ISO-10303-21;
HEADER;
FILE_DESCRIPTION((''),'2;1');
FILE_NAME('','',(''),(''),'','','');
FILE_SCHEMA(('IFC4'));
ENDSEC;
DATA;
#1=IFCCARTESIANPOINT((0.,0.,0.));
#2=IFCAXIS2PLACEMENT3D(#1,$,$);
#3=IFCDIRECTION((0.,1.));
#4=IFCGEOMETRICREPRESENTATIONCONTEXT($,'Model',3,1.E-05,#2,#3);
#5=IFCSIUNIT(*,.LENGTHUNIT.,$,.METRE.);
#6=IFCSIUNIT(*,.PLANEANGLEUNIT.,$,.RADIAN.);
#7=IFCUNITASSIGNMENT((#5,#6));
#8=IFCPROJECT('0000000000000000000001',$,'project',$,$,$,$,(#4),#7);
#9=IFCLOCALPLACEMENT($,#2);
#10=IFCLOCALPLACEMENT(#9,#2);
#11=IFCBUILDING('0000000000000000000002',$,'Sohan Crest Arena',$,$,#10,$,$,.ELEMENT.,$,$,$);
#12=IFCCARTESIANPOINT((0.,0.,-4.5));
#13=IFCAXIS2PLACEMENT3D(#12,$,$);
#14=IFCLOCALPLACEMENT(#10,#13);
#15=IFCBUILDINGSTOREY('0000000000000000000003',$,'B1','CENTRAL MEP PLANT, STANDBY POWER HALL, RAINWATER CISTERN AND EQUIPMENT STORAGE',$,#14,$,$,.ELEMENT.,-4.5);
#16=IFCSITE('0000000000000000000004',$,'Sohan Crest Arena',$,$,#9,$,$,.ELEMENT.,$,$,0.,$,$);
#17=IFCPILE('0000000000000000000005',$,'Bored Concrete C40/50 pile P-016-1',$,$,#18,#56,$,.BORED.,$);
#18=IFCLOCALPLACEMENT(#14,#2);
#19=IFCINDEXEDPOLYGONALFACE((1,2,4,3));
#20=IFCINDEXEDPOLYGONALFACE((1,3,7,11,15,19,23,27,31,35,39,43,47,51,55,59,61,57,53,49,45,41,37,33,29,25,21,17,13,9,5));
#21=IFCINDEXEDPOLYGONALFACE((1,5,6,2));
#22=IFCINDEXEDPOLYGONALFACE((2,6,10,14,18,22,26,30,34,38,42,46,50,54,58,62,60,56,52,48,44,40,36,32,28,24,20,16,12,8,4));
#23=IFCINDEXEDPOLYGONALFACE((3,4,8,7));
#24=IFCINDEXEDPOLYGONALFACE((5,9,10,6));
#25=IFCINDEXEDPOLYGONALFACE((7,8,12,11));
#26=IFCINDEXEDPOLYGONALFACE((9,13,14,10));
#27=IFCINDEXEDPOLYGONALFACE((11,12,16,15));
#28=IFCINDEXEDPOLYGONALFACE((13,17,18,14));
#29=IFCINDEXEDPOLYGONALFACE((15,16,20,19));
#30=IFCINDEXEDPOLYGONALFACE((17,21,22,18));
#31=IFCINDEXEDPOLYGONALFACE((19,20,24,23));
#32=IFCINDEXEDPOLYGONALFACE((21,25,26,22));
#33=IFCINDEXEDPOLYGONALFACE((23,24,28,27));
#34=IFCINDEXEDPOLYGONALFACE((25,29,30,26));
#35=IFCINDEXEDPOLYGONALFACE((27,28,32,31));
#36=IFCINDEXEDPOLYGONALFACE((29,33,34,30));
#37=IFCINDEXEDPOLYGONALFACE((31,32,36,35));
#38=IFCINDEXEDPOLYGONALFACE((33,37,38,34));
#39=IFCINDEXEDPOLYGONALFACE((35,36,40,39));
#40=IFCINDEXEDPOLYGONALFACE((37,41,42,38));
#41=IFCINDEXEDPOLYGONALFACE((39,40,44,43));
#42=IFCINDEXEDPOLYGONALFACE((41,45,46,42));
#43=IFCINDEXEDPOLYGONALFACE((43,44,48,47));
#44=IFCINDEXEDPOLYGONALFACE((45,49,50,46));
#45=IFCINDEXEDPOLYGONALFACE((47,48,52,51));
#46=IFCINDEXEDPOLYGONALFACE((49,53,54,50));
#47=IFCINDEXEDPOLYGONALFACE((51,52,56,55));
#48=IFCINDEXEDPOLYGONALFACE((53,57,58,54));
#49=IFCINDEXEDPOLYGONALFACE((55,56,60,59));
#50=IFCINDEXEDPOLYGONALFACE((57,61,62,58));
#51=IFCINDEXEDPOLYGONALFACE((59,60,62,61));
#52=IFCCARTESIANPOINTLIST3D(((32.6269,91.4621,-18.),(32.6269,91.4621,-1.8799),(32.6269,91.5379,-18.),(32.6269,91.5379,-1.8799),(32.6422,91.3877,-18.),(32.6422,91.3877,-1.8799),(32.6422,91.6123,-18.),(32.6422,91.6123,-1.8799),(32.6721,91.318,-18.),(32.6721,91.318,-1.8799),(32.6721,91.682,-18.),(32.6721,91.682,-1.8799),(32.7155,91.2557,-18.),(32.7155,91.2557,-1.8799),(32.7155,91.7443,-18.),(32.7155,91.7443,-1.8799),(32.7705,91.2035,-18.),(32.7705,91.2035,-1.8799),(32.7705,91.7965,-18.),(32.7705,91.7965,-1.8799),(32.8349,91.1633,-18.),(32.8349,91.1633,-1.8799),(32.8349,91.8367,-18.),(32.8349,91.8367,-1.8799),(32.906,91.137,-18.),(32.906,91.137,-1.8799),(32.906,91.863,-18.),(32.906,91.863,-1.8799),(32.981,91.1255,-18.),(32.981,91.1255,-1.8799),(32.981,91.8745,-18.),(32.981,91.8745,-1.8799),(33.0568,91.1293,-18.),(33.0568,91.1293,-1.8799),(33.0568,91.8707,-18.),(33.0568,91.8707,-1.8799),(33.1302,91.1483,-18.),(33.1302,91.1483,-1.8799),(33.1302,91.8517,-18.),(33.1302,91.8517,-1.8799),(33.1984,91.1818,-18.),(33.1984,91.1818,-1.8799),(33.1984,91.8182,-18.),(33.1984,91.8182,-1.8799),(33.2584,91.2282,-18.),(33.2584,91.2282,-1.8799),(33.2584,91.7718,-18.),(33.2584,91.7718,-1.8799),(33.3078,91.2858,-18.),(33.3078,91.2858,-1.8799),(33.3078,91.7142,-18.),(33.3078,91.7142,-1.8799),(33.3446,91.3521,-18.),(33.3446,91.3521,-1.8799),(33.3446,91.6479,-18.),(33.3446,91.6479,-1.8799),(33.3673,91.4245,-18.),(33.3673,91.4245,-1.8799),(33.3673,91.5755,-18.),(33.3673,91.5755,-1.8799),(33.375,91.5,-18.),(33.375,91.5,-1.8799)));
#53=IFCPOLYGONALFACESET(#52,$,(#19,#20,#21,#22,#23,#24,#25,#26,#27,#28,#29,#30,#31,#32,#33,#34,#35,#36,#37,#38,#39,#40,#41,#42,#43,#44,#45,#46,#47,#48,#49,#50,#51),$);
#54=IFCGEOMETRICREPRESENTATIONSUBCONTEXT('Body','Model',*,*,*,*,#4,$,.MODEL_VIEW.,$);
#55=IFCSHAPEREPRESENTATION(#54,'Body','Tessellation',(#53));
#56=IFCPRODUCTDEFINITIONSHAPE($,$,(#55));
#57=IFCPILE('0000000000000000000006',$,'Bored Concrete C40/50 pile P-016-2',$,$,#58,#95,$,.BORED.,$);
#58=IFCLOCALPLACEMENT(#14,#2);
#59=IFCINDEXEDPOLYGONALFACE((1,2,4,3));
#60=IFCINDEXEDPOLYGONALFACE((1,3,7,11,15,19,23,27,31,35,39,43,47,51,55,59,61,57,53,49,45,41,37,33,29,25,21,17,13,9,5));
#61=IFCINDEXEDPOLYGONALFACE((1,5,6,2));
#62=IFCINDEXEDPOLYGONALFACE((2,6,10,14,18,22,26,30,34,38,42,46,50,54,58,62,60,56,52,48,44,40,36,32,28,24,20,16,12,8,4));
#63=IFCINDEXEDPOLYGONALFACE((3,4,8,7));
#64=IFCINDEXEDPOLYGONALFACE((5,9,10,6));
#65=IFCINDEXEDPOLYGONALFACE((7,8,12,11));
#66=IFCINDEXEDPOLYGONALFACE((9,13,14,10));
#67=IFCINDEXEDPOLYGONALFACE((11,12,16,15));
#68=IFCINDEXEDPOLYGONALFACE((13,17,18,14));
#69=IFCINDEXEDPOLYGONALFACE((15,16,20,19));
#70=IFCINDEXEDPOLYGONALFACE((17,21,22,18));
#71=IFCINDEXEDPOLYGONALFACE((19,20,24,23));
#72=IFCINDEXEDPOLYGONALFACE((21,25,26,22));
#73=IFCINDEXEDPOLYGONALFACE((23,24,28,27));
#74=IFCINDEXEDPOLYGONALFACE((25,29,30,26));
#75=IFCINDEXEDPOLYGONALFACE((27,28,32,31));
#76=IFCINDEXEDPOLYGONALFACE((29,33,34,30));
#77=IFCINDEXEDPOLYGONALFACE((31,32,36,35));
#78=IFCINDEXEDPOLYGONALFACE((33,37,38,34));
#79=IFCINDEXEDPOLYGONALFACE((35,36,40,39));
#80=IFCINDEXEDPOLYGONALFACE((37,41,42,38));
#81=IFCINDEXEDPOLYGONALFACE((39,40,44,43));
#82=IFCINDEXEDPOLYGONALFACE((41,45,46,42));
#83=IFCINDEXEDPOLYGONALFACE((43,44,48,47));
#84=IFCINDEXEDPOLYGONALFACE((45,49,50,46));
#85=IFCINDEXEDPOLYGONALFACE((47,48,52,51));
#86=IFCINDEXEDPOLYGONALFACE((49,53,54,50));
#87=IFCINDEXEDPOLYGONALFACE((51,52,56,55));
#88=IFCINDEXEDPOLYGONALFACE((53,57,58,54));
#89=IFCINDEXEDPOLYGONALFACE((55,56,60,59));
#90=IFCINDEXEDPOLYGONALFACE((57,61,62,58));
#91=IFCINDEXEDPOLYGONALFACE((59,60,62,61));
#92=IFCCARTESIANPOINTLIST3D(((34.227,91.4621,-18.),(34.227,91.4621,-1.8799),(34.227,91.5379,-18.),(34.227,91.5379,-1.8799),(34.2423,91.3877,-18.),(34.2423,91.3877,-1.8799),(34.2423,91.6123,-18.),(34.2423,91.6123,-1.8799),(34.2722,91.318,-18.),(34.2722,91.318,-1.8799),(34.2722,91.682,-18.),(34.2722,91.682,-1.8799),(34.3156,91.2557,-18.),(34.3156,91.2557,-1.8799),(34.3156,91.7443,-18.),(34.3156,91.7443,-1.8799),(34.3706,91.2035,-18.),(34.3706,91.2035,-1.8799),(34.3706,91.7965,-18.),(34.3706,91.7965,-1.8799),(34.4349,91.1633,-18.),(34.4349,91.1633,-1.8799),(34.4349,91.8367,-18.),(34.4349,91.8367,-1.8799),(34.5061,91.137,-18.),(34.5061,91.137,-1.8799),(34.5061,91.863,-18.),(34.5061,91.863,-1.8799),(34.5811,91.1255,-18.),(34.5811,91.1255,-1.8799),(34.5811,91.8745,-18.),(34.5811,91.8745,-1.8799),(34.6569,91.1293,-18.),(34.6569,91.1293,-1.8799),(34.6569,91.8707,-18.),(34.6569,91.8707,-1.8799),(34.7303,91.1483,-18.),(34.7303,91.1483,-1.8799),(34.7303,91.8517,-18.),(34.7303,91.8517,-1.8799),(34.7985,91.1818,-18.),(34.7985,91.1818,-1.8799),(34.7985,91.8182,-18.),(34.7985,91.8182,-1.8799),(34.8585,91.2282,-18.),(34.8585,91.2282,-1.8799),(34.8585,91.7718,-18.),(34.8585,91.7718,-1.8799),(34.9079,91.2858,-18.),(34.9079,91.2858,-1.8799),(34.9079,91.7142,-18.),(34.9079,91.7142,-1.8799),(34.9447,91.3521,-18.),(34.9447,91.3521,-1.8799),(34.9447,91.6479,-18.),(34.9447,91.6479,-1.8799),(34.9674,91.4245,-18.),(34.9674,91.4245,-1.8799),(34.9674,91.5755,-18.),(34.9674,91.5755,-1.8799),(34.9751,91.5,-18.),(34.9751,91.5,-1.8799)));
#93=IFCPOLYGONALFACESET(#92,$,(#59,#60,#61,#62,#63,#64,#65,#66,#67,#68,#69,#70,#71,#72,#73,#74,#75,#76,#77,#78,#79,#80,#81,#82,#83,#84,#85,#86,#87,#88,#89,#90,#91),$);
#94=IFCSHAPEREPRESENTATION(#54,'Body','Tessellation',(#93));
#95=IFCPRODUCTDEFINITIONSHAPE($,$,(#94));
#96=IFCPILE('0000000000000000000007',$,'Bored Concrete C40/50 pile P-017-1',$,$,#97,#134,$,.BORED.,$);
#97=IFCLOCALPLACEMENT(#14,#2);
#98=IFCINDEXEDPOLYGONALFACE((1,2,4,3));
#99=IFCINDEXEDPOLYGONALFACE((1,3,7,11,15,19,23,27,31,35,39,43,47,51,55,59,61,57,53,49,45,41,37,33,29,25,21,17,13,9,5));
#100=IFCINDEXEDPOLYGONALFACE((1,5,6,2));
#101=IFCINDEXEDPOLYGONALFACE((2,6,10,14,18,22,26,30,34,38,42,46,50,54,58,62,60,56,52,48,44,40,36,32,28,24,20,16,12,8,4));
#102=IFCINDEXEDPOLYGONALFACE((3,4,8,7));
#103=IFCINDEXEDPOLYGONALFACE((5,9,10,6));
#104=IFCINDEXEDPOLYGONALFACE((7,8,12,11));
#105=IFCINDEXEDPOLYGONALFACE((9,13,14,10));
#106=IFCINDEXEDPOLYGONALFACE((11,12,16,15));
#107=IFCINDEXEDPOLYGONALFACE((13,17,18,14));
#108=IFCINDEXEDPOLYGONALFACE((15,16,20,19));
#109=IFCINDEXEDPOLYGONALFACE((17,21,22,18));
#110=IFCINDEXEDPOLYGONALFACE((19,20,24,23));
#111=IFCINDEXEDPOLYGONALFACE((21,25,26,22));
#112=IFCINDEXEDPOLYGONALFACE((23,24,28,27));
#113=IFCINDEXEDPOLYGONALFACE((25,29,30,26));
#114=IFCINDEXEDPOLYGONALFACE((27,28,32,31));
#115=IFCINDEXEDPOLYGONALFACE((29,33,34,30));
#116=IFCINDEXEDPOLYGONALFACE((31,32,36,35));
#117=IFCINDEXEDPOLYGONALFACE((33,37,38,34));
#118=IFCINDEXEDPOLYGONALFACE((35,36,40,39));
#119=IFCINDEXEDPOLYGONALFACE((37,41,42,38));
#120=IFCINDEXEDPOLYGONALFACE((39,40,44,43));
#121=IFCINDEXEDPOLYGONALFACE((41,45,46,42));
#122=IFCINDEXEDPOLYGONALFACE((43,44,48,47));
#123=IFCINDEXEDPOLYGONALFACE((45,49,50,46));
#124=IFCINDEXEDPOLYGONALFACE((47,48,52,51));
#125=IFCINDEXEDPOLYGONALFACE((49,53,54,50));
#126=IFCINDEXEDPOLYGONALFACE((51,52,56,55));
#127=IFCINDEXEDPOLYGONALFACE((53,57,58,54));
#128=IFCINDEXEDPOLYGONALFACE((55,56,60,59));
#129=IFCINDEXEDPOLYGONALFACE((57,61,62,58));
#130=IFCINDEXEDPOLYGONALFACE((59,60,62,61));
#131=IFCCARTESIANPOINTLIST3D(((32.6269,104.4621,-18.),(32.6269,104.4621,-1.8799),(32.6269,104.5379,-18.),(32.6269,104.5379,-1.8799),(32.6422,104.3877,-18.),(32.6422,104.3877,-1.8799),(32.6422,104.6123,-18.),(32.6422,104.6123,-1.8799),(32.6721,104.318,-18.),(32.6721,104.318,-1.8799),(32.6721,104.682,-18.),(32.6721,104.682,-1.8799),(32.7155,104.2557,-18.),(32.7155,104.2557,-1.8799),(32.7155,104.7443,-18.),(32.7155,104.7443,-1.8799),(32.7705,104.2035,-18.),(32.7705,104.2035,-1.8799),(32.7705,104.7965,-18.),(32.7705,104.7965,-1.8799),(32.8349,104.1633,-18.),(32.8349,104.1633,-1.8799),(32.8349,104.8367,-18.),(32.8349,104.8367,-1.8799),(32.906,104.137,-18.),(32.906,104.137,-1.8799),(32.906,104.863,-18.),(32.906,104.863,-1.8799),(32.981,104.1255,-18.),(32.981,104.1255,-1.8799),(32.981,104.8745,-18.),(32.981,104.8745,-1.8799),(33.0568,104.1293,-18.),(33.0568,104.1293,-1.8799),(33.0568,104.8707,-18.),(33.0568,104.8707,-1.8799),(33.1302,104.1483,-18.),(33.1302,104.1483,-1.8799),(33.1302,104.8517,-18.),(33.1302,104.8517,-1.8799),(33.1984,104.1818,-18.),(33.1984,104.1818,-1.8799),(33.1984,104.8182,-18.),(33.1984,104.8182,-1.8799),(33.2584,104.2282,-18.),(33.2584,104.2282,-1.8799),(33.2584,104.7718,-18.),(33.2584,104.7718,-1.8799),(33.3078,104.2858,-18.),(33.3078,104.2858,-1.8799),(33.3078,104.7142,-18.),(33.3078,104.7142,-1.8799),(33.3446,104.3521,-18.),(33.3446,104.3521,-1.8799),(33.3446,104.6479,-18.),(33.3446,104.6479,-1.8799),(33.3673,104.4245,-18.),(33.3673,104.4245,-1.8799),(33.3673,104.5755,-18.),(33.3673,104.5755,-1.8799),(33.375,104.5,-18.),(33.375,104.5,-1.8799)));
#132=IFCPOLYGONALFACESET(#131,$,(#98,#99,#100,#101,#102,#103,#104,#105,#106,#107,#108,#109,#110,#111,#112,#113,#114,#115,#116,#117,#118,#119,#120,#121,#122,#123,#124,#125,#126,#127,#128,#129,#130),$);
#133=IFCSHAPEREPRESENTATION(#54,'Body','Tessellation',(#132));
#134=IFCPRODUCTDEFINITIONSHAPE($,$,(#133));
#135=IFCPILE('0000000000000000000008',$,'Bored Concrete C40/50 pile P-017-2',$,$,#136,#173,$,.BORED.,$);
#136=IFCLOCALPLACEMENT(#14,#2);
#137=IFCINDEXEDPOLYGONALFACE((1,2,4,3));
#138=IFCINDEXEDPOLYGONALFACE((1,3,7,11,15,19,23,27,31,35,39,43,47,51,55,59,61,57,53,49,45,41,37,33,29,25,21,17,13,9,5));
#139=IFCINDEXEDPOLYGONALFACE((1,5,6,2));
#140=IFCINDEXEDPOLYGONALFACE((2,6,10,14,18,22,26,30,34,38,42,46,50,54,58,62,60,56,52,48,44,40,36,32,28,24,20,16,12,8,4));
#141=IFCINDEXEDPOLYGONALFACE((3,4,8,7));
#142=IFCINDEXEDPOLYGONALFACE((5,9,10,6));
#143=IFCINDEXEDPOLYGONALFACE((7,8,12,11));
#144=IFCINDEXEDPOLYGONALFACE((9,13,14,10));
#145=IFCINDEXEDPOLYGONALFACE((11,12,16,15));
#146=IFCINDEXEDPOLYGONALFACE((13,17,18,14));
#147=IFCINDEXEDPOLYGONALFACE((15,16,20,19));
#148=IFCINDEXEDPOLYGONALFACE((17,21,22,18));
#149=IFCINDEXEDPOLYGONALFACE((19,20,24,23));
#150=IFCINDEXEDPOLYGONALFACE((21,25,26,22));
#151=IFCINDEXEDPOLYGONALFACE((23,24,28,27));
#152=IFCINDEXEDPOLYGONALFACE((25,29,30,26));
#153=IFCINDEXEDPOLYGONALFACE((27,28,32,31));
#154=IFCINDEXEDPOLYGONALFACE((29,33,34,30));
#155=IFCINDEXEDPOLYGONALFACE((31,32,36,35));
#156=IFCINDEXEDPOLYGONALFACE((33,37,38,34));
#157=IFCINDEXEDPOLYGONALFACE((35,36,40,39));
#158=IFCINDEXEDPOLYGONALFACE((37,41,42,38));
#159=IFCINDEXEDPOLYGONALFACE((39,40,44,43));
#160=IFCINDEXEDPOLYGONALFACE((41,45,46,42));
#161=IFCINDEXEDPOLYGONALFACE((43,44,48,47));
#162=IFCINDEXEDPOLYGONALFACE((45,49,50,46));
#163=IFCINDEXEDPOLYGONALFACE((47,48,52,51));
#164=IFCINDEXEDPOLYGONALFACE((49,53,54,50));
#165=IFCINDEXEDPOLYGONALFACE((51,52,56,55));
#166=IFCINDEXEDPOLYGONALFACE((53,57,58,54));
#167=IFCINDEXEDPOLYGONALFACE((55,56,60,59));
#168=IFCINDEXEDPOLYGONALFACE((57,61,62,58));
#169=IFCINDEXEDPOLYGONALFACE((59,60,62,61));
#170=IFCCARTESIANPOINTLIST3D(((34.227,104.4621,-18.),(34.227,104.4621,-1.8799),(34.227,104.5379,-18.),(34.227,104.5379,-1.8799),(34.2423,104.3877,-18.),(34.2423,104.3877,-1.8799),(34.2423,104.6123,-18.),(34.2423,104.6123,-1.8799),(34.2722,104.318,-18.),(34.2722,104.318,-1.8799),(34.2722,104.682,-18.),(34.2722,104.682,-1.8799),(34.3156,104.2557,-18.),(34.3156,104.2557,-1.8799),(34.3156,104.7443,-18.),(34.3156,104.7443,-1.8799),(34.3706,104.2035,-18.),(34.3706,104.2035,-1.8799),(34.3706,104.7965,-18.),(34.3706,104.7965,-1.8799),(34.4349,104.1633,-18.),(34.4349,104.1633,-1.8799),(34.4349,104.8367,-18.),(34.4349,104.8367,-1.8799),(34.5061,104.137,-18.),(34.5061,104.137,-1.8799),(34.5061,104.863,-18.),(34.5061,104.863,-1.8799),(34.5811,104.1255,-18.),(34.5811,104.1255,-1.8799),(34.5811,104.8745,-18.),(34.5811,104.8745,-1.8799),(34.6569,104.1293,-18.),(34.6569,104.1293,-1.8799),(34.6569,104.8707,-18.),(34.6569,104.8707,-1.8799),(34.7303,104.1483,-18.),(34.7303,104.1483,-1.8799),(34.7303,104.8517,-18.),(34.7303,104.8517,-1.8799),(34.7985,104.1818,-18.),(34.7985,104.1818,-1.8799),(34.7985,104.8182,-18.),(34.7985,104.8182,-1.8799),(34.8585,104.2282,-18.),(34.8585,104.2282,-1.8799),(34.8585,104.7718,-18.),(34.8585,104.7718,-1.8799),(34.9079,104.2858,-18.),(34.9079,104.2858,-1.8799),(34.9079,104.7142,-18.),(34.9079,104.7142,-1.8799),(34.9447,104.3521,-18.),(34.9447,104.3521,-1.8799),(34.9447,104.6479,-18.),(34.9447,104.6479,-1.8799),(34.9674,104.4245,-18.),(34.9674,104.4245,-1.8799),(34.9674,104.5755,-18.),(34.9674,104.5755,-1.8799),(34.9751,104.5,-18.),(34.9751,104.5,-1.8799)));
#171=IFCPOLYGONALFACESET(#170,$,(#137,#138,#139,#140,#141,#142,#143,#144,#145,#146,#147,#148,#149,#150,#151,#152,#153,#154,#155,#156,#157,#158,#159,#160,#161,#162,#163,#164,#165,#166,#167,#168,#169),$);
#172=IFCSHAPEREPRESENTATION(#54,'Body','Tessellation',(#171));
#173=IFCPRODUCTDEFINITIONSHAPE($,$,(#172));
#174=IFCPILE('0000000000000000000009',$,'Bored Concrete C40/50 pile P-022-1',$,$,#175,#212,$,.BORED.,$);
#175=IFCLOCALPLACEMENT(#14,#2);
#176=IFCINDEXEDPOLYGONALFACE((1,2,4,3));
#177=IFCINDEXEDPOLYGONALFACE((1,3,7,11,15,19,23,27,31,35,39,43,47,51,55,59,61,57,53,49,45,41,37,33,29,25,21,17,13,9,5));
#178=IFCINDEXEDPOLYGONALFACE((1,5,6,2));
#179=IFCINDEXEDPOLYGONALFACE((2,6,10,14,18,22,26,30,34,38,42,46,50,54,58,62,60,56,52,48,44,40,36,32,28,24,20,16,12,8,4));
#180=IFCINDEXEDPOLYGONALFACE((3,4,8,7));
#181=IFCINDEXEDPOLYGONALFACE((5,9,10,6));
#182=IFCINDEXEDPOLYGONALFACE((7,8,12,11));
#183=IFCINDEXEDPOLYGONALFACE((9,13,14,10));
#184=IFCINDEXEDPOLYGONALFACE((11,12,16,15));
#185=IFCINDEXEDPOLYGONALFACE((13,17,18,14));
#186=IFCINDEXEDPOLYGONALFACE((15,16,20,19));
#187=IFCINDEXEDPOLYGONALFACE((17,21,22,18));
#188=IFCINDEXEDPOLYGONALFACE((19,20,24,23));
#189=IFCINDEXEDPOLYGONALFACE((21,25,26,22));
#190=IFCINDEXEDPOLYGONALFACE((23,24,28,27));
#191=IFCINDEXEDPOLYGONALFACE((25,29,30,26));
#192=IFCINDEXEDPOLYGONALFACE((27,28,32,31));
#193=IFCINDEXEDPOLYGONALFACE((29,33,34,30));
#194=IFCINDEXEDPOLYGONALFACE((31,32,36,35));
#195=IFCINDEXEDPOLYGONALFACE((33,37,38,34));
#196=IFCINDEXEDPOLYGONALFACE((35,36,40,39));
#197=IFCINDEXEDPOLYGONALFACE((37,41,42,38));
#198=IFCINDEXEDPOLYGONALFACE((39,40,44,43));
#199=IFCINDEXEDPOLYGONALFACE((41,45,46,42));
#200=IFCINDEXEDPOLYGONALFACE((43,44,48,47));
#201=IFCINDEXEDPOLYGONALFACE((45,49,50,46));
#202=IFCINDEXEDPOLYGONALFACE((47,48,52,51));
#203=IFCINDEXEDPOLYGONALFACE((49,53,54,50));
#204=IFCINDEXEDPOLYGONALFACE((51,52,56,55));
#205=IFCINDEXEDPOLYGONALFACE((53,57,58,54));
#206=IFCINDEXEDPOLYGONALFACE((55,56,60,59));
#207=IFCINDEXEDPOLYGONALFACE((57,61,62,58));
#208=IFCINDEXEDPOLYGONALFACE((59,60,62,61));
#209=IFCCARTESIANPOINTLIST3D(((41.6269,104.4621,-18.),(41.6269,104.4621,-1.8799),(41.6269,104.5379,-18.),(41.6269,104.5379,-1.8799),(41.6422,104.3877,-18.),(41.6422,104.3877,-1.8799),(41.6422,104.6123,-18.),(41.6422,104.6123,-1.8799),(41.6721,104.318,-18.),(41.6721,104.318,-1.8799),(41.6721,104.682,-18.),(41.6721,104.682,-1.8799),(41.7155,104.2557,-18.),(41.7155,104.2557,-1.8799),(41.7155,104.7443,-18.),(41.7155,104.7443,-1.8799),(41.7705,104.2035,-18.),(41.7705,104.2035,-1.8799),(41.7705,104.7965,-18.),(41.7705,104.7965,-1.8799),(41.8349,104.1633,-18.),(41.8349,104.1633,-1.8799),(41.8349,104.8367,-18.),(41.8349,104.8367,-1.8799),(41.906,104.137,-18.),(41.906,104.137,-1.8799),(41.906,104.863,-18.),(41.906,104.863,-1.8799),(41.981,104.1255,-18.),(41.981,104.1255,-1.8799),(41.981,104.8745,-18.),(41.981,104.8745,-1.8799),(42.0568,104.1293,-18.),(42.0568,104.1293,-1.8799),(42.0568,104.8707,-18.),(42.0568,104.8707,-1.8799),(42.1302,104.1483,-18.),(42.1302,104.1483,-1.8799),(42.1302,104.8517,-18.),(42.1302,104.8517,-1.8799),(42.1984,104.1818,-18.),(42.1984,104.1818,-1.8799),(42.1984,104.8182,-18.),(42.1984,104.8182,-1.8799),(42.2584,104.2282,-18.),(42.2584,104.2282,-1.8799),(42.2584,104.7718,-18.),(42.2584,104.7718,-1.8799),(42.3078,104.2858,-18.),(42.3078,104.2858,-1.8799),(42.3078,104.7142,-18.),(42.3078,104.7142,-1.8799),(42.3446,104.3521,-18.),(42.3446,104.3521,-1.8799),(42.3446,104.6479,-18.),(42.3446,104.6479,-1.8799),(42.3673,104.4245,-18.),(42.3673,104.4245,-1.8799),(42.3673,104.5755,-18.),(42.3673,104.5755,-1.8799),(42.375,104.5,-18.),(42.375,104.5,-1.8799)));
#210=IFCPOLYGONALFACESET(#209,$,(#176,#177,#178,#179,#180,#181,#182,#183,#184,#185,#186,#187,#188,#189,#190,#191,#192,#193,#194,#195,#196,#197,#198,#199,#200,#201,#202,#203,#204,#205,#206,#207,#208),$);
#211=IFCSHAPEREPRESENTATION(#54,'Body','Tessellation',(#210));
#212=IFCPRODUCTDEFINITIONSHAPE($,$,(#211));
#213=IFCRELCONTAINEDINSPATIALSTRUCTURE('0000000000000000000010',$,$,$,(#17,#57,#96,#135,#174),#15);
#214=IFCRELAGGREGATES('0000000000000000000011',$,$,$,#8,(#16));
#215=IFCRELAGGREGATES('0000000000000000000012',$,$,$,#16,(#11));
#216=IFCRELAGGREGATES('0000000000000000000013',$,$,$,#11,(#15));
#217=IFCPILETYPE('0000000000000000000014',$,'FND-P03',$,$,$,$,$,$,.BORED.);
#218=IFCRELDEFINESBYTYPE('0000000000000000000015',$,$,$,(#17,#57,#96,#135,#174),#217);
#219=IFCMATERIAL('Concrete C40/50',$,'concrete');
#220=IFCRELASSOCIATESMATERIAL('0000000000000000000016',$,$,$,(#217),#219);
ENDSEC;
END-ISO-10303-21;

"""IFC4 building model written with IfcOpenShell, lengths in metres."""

from ifc_helpers import new_model, si_unit, direction, frame, origin, origin_2d, place, context, subcontext, project, spatial, circle, extrude, material, material_profile, profile_set, type_object, element, save


model = new_model("IFC4")

# Units and contexts
model_context = context("Model", 3, precision=1e-05, world=origin(), true_north=direction((0.0, 1.0)))
body_context = subcontext(model_context, "Body", "Model", "MODEL_VIEW")
ifc_project = project(units=[si_unit("LENGTHUNIT", "METRE"), si_unit("PLANEANGLEUNIT", "RADIAN")], contexts=[model_context])

# Site, building, storey
site_placement = place(None, origin())
site = spatial("IfcSite", under=ifc_project, at=site_placement, Name="Sohan Crest Arena", CompositionType="ELEMENT", RefElevation=0.0)
building_placement = place(site_placement, origin())
building = spatial("IfcBuilding", under=site, at=building_placement, Name="Sohan Crest Arena", CompositionType="ELEMENT")
storey_placement = place(building_placement, frame((0.0, 0.0, -4.5)))
storey = spatial("IfcBuildingStorey", under=building, at=storey_placement, Name="B1", Description="CENTRAL MEP PLANT, STANDBY POWER HALL, RAINWATER CISTERN AND EQUIPMENT STORAGE", CompositionType="ELEMENT", Elevation=-4.5)

# Shared definitions
ifc_material = material(Name="Concrete C40/50", Category="concrete")

# Piles
ifc_material_profile_1 = material_profile(ifc_material, circle(Radius=0.375, at=origin_2d()), Name="PILE D750")
ifc_profile_set_1 = profile_set([ifc_material_profile_1], Name="Concrete C40/50")
pile_type = type_object("IfcPileType", Name="FND-P03", PredefinedType="BORED", material=ifc_profile_set_1)
for number, where, z_axis, x_axis, name in (
    (1, (33.0, 91.5, -18.0), (0.0, 0.0, 1.0), (1.0, 0.0, 0.0), "Bored Concrete C40/50 pile P-016-1"),
    (2, (34.6001, 91.5, -18.0), (0.0, 0.0, 1.0), (1.0, 0.0, 0.0), "Bored Concrete C40/50 pile P-016-2"),
    (3, (33.0, 104.5, -18.0), (0.0, 0.0, 1.0), (1.0, 0.0, 0.0), "Bored Concrete C40/50 pile P-017-1"),
    (4, (34.6001, 104.5, -18.0), (0.0, 0.0, 1.0), (1.0, 0.0, 0.0), "Bored Concrete C40/50 pile P-017-2"),
    (5, (42.0, 104.5, -18.0), (0.0, 0.0, 1.0), (1.0, 0.0, 0.0), "Bored Concrete C40/50 pile P-022-1"),
):
    element("IfcPile", number, at=place(storey_placement, frame(where, z_axis=z_axis, x_axis=x_axis)), inside=storey, type_object=pile_type, Name=name, PredefinedType="BORED", context=body_context, shape_type="SweptSolid", body=[
        extrude(circle(Radius=0.375, at=origin_2d()), origin(), (0.0, 0.0, 1.0), 16.1201),
    ])

save(model, "model.ifc")
